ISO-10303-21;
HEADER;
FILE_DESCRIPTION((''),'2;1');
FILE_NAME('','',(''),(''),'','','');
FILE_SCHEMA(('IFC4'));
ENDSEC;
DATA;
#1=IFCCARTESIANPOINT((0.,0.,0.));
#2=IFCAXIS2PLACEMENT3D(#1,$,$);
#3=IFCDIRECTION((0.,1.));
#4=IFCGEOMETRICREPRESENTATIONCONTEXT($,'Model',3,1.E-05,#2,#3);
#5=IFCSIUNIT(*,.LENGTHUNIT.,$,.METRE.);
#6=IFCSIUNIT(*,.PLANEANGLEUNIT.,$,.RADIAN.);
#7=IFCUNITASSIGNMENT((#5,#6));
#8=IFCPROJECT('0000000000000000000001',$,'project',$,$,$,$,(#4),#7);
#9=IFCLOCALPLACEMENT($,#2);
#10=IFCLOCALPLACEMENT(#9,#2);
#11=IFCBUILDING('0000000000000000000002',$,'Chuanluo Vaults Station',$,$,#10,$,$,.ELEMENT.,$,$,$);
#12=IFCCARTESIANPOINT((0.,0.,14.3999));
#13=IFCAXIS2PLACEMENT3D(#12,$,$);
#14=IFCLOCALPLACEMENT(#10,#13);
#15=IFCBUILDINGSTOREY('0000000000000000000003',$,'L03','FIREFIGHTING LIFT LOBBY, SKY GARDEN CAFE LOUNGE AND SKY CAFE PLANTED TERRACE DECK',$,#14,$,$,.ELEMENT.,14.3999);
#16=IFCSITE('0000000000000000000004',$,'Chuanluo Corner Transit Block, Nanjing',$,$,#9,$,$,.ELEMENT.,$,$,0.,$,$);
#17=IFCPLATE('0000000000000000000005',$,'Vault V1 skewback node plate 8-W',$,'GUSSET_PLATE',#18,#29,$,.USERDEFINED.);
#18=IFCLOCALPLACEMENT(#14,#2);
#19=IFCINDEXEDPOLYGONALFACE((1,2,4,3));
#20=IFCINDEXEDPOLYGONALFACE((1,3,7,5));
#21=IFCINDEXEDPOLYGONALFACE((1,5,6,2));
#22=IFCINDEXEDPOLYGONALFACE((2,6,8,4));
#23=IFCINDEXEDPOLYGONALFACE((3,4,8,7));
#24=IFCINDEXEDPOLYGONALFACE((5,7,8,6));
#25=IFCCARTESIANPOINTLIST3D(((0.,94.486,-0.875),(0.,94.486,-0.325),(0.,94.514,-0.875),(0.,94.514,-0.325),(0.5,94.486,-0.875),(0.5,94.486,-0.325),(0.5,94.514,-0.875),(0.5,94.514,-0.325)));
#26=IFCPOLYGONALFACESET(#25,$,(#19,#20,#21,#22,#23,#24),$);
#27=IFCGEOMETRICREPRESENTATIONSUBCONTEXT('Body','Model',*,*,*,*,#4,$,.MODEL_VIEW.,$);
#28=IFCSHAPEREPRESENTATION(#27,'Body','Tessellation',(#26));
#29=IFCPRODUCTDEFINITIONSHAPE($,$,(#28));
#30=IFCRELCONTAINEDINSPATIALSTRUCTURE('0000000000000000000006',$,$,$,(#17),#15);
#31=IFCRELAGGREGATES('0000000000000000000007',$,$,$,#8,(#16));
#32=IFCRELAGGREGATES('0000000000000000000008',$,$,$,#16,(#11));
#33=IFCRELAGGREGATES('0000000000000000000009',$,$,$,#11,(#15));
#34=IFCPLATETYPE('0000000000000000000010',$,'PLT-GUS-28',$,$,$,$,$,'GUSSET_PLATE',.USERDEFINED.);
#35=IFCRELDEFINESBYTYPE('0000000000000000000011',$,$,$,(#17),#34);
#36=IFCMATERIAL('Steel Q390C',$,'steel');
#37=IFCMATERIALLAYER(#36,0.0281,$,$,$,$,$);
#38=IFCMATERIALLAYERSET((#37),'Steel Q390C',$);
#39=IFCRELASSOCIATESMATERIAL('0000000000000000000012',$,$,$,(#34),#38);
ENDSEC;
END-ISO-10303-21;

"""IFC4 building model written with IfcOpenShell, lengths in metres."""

from ifc_helpers import new_model, si_unit, direction, frame, origin, origin_2d, place, context, subcontext, project, spatial, rectangle, extrude, material, layer, layer_set, type_object, element, save


model = new_model("IFC4")

# Units and contexts
model_context = context("Model", 3, precision=1e-05, world=origin(), true_north=direction((0.0, 1.0)))
body_context = subcontext(model_context, "Body", "Model", "MODEL_VIEW")
ifc_project = project(units=[si_unit("LENGTHUNIT", "METRE"), si_unit("PLANEANGLEUNIT", "RADIAN")], contexts=[model_context])

# Site, building, storey
site_placement = place(None, origin())
site = spatial("IfcSite", under=ifc_project, at=site_placement, Name="Chuanluo Corner Transit Block, Nanjing", CompositionType="ELEMENT", RefElevation=0.0)
building_placement = place(site_placement, origin())
building = spatial("IfcBuilding", under=site, at=building_placement, Name="Chuanluo Vaults Station", CompositionType="ELEMENT")
storey_placement = place(building_placement, frame((0.0, 0.0, 14.3999)))
storey = spatial("IfcBuildingStorey", under=building, at=storey_placement, Name="L03", Description="FIREFIGHTING LIFT LOBBY, SKY GARDEN CAFE LOUNGE AND SKY CAFE PLANTED TERRACE DECK", CompositionType="ELEMENT", Elevation=14.3999)

# Plate
ifc_material_1 = material(Name="Steel Q390C", Category="steel")
ifc_layer = layer(ifc_material_1, 0.0281)
ifc_layer_set = layer_set([ifc_layer], Name="Steel Q390C")
plate_type = type_object("IfcPlateType", Name="PLT-GUS-28", ElementType="GUSSET_PLATE", PredefinedType="USERDEFINED", material=ifc_layer_set)
plate_placement = place(storey_placement, frame((0.25, 94.5, -0.875), z_axis=(0.0, 0.0, 1.0), x_axis=(1.0, 0.0, 0.0)))
element("IfcPlate", 1, at=plate_placement, inside=storey, type_object=plate_type, Name="Vault V1 skewback node plate 8-W", ObjectType="GUSSET_PLATE", PredefinedType="USERDEFINED", context=body_context, shape_type="SweptSolid", body=[
    extrude(rectangle(XDim=0.5, YDim=0.0281, at=origin_2d()), origin(), (0.0, 0.0, 1.0), 0.55),
])

save(model, "model.ifc")
